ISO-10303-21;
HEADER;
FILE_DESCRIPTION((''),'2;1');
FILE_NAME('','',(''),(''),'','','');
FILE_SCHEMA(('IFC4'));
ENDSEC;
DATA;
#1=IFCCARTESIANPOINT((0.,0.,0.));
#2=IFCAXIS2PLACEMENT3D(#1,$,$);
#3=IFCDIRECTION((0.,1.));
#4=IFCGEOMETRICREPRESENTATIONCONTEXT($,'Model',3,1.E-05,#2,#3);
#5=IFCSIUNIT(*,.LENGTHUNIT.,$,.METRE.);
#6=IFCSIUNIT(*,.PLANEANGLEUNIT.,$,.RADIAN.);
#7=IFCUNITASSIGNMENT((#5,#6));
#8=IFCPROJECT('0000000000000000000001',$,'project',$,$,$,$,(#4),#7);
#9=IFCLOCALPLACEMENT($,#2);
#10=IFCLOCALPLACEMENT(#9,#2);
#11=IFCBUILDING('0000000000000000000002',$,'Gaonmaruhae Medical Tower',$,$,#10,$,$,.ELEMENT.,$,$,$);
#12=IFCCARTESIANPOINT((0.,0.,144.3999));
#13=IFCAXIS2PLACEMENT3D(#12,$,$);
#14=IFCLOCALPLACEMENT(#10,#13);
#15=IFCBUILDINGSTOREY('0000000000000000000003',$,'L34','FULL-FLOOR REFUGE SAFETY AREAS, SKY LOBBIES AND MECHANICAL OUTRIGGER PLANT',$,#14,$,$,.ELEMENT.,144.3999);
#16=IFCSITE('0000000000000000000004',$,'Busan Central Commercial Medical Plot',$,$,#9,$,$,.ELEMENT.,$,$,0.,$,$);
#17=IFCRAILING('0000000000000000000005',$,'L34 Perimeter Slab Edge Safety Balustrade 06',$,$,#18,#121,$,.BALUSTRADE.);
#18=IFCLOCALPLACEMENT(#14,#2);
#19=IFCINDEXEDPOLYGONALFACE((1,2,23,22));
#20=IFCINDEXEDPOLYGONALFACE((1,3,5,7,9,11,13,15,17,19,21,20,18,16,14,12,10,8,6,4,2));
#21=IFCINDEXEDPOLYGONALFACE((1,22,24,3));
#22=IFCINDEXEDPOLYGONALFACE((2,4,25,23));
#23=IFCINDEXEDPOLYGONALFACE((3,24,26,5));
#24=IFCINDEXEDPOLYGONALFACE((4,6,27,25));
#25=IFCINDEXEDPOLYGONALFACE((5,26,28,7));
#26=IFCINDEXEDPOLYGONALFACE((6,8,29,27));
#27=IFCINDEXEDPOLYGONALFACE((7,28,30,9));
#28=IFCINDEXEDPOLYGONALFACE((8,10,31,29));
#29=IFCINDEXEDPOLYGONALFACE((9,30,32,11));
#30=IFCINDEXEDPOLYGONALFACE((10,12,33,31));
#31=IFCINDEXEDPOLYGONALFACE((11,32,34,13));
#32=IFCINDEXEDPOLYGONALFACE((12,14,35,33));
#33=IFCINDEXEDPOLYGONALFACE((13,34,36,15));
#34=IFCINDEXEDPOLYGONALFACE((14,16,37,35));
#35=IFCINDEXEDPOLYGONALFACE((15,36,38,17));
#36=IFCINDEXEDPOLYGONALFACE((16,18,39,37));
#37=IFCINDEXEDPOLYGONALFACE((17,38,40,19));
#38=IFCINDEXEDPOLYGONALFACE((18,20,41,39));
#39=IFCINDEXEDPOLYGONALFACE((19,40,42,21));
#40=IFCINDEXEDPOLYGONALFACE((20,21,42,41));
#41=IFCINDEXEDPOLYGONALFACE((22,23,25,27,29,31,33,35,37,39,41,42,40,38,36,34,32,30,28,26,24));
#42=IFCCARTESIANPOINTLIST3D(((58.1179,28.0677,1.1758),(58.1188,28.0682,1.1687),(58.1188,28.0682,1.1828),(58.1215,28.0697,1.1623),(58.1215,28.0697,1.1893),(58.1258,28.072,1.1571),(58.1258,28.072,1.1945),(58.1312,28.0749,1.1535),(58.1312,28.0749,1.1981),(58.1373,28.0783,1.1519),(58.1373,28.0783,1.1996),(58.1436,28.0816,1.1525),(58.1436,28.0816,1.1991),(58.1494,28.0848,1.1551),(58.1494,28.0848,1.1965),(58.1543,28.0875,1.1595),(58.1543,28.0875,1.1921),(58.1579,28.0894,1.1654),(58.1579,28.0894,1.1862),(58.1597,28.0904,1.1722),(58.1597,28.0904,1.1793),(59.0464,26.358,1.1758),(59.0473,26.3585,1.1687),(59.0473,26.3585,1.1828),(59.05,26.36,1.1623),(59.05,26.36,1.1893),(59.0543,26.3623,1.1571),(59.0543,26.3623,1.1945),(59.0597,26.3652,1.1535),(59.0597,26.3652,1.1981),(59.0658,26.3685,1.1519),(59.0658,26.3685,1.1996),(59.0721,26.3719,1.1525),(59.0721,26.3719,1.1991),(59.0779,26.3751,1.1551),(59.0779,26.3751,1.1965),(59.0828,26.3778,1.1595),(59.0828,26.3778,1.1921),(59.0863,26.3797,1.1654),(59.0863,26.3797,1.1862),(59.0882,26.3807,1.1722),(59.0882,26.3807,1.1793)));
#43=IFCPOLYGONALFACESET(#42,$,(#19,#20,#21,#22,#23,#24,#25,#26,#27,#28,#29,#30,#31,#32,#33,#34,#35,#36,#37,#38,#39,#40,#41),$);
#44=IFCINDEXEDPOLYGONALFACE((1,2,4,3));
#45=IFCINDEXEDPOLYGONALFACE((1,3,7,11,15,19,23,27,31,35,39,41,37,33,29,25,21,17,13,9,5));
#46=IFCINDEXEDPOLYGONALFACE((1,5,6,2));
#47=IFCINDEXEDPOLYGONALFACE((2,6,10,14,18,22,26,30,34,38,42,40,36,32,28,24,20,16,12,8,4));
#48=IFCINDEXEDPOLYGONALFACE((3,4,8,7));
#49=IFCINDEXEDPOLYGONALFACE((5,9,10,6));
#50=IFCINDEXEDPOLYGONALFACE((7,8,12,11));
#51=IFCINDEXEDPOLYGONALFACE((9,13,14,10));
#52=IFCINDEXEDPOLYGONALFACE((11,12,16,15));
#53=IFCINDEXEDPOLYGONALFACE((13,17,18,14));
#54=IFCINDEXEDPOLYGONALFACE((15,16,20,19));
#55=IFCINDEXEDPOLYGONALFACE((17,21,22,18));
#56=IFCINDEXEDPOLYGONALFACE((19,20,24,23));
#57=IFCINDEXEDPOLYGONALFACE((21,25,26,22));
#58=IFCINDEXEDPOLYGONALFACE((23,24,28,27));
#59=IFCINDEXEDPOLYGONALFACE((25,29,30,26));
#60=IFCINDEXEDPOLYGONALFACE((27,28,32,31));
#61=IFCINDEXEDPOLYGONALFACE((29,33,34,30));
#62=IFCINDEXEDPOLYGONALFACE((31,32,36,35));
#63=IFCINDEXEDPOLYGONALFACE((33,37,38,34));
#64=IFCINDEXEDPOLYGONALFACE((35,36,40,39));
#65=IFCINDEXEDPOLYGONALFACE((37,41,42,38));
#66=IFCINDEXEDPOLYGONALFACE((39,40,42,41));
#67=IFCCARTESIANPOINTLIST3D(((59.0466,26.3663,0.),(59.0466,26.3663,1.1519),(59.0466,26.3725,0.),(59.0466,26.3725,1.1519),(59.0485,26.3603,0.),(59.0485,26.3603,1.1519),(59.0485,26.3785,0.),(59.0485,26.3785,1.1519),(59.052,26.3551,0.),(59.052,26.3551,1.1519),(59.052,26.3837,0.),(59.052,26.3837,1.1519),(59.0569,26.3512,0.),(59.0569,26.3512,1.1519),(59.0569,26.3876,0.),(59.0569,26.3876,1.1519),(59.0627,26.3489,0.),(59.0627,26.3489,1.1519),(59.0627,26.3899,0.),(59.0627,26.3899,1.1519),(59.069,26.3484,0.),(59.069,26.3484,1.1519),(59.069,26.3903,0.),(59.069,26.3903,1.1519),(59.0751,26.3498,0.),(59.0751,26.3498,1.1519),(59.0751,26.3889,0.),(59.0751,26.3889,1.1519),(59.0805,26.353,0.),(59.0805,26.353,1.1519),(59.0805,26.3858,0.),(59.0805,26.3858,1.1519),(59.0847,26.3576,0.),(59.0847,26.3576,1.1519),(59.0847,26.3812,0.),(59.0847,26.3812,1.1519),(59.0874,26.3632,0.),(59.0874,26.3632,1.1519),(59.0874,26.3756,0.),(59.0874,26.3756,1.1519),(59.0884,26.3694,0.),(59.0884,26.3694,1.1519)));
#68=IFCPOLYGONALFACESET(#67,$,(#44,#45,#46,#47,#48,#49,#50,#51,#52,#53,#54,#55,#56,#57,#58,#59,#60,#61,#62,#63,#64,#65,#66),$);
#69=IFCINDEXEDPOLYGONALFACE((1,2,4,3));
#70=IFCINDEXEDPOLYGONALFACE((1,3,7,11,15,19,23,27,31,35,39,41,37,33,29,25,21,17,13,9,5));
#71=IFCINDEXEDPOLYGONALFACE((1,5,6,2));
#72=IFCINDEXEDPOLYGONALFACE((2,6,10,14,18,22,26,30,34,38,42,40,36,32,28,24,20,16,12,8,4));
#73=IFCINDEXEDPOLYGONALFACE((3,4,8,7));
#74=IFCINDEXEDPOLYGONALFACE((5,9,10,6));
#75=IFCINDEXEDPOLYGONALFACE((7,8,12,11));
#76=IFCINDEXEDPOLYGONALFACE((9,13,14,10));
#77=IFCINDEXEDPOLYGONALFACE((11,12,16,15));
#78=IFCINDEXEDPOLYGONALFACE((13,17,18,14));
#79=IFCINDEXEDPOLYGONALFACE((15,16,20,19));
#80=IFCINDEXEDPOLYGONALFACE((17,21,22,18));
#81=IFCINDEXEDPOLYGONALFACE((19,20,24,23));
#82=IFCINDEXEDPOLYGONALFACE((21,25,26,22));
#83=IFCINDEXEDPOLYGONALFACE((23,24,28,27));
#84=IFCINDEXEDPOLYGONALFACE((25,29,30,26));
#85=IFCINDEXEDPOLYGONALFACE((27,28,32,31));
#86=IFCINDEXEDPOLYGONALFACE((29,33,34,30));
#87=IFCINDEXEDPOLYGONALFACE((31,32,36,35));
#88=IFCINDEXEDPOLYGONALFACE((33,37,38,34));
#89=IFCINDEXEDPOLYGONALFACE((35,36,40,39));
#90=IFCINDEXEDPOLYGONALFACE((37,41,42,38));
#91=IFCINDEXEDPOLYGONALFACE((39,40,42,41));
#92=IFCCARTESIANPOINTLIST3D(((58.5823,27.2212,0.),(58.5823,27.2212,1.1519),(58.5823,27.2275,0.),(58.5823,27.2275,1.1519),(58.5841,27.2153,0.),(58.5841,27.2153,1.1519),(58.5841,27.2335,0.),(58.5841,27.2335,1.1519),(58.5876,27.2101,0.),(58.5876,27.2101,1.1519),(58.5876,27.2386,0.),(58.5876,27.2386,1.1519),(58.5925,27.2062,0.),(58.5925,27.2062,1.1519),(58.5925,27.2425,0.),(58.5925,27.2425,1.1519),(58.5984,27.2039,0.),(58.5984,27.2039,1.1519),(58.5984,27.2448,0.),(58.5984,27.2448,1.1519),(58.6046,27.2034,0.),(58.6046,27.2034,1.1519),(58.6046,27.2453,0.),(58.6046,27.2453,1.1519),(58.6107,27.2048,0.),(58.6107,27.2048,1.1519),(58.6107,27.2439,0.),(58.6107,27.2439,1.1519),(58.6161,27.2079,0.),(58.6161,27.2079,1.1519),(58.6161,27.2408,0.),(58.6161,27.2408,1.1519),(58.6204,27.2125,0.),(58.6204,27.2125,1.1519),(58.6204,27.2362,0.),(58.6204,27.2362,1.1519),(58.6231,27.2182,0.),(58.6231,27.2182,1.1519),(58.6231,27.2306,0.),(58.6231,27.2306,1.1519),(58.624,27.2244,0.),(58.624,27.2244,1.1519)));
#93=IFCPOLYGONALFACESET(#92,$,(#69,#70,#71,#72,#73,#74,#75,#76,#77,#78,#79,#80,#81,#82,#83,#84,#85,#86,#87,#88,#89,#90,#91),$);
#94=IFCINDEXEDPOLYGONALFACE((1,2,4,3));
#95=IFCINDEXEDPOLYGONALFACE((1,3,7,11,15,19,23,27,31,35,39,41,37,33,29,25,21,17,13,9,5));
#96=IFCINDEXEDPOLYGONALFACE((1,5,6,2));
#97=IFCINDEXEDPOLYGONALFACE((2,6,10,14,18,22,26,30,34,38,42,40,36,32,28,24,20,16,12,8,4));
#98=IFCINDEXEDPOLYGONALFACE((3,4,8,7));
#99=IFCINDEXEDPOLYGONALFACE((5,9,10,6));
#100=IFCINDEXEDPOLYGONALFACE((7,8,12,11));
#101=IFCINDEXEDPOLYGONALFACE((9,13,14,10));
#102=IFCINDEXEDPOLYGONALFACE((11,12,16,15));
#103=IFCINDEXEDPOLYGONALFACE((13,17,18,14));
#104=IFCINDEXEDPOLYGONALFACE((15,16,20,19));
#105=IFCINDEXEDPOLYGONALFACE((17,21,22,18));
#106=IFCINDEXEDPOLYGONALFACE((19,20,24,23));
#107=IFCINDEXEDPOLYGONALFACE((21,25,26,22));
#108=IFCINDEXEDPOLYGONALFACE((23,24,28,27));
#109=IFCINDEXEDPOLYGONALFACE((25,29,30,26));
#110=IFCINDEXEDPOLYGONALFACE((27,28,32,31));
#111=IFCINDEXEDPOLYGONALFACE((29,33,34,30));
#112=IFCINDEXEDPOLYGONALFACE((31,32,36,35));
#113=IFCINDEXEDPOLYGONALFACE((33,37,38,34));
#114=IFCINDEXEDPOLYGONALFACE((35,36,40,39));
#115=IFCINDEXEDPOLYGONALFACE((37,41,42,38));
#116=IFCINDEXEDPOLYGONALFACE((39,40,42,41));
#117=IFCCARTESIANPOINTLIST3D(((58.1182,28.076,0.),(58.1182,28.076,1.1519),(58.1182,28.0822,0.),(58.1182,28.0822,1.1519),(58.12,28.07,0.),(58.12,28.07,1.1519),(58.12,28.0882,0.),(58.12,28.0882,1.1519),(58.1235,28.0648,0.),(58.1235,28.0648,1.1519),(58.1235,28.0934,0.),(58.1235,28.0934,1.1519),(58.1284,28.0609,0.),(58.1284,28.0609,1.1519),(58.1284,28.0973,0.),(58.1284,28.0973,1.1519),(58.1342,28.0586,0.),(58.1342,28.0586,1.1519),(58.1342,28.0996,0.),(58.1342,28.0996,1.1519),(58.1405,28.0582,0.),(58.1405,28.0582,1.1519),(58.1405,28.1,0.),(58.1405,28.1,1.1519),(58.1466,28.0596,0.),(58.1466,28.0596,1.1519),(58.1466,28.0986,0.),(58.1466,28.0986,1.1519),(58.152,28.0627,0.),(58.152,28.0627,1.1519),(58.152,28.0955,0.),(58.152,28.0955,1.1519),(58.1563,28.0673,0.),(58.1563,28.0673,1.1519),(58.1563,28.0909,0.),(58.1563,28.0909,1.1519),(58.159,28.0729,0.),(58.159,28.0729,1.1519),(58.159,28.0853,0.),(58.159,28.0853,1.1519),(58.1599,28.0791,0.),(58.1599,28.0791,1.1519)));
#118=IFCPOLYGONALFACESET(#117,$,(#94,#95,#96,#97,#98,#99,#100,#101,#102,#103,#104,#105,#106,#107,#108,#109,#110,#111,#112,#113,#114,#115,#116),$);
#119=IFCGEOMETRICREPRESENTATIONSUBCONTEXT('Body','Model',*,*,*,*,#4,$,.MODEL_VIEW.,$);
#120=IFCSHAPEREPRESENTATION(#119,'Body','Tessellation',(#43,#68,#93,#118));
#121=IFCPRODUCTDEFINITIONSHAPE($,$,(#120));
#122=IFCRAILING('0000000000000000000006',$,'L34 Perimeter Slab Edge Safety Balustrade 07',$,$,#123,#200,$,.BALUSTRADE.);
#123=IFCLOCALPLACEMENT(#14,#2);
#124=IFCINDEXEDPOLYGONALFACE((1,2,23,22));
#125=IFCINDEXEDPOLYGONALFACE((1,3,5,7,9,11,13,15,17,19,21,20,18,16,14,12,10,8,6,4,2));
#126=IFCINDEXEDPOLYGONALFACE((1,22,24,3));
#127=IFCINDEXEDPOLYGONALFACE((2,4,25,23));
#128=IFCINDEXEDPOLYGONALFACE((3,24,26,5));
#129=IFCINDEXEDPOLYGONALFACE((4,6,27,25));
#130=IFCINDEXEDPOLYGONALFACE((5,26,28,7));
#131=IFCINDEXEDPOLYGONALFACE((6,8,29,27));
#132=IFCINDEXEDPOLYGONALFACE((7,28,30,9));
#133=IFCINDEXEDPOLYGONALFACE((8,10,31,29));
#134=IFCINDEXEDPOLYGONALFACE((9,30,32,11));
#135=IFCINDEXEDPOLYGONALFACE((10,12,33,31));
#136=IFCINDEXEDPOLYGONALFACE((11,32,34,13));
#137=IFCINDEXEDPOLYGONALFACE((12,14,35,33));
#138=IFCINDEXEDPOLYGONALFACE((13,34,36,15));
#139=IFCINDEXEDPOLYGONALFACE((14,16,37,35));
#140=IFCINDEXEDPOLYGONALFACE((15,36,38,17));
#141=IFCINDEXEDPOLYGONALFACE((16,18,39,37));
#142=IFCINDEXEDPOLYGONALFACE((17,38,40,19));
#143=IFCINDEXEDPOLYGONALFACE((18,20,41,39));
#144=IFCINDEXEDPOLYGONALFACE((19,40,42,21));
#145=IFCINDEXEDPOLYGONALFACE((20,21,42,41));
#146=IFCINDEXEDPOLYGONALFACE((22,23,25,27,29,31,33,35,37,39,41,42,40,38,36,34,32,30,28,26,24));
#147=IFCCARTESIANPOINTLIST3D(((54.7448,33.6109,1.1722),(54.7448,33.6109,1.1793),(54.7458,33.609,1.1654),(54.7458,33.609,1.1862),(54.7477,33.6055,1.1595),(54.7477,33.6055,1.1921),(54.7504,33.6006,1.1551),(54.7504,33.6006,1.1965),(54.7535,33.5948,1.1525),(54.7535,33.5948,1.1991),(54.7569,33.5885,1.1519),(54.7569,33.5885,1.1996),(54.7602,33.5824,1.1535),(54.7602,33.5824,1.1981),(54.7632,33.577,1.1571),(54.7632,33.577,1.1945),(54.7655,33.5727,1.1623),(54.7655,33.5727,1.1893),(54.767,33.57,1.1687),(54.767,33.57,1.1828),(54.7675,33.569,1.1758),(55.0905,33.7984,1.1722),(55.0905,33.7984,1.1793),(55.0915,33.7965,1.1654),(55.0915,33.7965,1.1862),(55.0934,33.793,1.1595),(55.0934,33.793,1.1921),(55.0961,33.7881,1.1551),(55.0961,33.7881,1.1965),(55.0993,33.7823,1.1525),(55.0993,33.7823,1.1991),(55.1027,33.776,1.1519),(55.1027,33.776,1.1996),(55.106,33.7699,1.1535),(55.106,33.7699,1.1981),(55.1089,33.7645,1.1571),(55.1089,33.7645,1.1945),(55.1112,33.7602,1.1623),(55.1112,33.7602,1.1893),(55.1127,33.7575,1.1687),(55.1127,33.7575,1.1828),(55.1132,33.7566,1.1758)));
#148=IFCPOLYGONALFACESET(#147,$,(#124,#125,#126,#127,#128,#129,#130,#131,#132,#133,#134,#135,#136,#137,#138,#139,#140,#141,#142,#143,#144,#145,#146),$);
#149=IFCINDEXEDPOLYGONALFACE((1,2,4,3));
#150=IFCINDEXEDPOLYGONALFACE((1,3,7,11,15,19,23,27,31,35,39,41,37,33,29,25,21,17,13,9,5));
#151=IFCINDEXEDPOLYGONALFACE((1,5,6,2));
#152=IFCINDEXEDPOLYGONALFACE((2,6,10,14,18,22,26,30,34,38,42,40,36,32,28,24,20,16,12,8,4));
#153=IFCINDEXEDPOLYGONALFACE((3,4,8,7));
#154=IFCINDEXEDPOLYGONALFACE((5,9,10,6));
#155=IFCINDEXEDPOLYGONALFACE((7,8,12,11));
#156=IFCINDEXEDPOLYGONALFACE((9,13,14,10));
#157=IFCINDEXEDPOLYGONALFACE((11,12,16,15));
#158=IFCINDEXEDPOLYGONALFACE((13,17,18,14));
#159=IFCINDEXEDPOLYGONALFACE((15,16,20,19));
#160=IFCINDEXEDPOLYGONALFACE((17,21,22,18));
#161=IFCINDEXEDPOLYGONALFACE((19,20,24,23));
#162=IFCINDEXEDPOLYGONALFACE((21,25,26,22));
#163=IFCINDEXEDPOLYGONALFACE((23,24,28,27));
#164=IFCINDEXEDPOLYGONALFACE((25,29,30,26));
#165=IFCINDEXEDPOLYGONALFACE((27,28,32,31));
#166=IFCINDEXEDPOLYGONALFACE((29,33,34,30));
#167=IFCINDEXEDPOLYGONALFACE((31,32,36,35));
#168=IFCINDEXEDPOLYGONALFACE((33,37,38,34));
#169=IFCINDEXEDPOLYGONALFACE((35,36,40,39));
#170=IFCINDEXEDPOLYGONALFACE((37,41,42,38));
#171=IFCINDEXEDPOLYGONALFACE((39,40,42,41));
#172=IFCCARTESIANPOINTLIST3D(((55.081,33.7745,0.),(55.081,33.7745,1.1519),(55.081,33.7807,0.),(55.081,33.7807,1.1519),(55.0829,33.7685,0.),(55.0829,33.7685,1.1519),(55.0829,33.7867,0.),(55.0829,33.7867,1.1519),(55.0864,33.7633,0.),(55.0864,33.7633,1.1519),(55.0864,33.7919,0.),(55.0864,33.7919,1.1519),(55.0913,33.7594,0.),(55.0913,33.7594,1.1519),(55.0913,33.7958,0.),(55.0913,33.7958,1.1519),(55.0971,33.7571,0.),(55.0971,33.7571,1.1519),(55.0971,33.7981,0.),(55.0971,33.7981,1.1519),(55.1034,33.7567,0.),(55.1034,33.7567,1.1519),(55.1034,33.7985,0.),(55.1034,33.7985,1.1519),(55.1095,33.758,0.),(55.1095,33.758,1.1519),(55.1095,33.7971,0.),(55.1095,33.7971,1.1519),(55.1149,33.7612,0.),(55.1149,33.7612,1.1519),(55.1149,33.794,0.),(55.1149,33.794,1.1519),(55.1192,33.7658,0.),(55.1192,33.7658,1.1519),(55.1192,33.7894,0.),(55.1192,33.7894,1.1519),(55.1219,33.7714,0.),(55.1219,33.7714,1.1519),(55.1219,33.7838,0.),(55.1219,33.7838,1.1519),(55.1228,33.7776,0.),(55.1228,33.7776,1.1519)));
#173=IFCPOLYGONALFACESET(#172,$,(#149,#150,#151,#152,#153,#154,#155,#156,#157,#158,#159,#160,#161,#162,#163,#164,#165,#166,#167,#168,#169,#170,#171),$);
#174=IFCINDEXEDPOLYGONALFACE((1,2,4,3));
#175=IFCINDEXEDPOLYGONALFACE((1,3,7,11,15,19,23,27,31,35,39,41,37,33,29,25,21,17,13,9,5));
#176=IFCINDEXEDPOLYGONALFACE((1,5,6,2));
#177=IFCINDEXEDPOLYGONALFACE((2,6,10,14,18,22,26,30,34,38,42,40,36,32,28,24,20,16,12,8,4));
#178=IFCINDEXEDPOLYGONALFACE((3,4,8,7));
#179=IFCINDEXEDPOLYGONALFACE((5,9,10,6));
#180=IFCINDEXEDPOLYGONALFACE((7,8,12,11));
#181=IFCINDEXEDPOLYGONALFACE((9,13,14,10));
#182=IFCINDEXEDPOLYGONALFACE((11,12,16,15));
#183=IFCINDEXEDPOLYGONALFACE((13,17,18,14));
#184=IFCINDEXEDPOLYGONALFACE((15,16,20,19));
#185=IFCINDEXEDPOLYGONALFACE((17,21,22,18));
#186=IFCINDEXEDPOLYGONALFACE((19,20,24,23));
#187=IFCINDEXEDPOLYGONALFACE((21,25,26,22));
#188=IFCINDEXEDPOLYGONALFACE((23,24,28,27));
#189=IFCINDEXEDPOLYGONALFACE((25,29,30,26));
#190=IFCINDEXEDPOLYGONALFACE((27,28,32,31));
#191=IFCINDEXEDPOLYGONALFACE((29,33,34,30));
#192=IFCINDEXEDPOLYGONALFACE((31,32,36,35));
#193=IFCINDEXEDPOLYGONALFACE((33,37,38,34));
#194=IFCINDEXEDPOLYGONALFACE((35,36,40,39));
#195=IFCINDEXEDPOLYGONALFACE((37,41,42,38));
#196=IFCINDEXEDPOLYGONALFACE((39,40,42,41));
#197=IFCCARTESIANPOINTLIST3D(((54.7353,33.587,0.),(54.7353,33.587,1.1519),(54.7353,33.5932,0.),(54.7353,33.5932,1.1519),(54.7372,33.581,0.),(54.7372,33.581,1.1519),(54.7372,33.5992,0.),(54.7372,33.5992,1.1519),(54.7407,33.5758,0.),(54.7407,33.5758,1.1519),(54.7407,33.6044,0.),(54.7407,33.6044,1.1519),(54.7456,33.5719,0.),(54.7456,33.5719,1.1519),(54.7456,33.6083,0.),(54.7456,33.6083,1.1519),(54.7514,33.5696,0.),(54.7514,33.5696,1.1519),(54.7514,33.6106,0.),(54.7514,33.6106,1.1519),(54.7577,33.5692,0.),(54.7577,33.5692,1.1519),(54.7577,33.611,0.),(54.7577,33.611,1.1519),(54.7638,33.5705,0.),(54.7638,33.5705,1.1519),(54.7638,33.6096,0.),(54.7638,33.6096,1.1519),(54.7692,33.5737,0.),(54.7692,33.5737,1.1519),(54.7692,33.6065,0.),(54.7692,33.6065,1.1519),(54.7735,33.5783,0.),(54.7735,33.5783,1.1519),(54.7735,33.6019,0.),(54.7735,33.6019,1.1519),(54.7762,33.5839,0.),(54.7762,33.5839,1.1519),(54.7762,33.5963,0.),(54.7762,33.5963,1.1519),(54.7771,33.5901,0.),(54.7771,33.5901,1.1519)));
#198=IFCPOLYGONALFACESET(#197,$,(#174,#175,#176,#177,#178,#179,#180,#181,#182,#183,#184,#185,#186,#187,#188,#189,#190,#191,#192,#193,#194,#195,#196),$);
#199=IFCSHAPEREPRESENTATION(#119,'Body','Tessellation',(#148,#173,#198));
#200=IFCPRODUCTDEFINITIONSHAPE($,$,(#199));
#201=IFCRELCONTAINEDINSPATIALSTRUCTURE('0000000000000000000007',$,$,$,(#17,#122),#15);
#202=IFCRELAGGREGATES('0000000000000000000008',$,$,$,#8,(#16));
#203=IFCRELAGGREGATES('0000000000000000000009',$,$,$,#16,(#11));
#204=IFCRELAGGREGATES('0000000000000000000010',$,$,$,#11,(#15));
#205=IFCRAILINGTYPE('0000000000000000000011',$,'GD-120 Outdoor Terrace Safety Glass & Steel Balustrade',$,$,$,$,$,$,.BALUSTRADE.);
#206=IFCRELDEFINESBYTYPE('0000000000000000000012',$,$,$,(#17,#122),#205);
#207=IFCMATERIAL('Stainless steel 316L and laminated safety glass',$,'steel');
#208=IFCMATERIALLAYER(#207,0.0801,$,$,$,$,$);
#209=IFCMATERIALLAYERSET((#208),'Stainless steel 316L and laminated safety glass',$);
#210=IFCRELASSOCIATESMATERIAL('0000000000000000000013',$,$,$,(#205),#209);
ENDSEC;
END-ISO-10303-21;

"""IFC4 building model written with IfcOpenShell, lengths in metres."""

from ifc_helpers import new_model, si_unit, direction, frame, origin, origin_2d, place, context, subcontext, project, spatial, circle, extrude, material, layer, layer_set, type_object, element, save


model = new_model("IFC4")

# Units and contexts
model_context = context("Model", 3, precision=1e-05, world=origin(), true_north=direction((0.0, 1.0)))
body_context = subcontext(model_context, "Body", "Model", "MODEL_VIEW")
ifc_project = project(units=[si_unit("LENGTHUNIT", "METRE"), si_unit("PLANEANGLEUNIT", "RADIAN")], contexts=[model_context])

# Site, building, storey
site_placement = place(None, origin())
site = spatial("IfcSite", under=ifc_project, at=site_placement, Name="Busan Central Commercial Medical Plot", CompositionType="ELEMENT", RefElevation=0.0)
building_placement = place(site_placement, origin())
building = spatial("IfcBuilding", under=site, at=building_placement, Name="Gaonmaruhae Medical Tower", CompositionType="ELEMENT")
storey_placement = place(building_placement, frame((0.0, 0.0, 144.3999)))
storey = spatial("IfcBuildingStorey", under=building, at=storey_placement, Name="L34", Description="FULL-FLOOR REFUGE SAFETY AREAS, SKY LOBBIES AND MECHANICAL OUTRIGGER PLANT", CompositionType="ELEMENT", Elevation=144.3999)

# Railings
ifc_material_1 = material(Name="Stainless steel 316L and laminated safety glass", Category="steel")
ifc_layer_1 = layer(ifc_material_1, 0.0801)
ifc_layer_set_1 = layer_set([ifc_layer_1], Name="Stainless steel 316L and laminated safety glass")
railing_type = type_object("IfcRailingType", Name="GD-120 Outdoor Terrace Safety Glass & Steel Balustrade", PredefinedType="BALUSTRADE", material=ifc_layer_set_1)
railing_1_placement = place(storey_placement, frame((59.0674, 26.3694, 0.0)))
element("IfcRailing", 1, at=railing_1_placement, inside=storey, type_object=railing_type, Name="L34 Perimeter Slab Edge Safety Balustrade 06", PredefinedType="BALUSTRADE", context=body_context, shape_type="SweptSolid", body=[
    extrude(circle(Radius=0.0239, at=origin_2d()), frame((0.0, 0.0, 1.1758), z_axis=(-0.477225, 0.878781, 0.0), x_axis=(-0.878781, -0.477225, 0.0)), (0.0, 0.0, 1.0), 1.9456),
    extrude(circle(Radius=0.021, at=origin_2d()), origin(), (0.0, 0.0, 1.0), 1.1519),
    extrude(circle(Radius=0.021, at=origin_2d()), frame((-0.4644, 0.855, 0.0)), (0.0, 0.0, 1.0), 1.1519),
    extrude(circle(Radius=0.021, at=origin_2d()), frame((-0.9285, 1.7097, 0.0)), (0.0, 0.0, 1.0), 1.1519),
])
railing_2_placement = place(storey_placement, frame((55.1018, 33.7776, 0.0)))
element("IfcRailing", 2, at=railing_2_placement, inside=storey, type_object=railing_type, Name="L34 Perimeter Slab Edge Safety Balustrade 07", PredefinedType="BALUSTRADE", context=body_context, shape_type="SweptSolid", body=[
    extrude(circle(Radius=0.0239, at=origin_2d()), frame((0.0, 0.0, 1.1758), z_axis=(-0.879032, -0.476763, 0.0), x_axis=(0.476763, -0.879032, 0.0)), (0.0, 0.0, 1.0), 0.3933),
    extrude(circle(Radius=0.021, at=origin_2d()), origin(), (0.0, 0.0, 1.0), 1.1519),
    extrude(circle(Radius=0.021, at=origin_2d()), frame((-0.3457, -0.1875, 0.0)), (0.0, 0.0, 1.0), 1.1519),
])

save(model, "model.ifc")
